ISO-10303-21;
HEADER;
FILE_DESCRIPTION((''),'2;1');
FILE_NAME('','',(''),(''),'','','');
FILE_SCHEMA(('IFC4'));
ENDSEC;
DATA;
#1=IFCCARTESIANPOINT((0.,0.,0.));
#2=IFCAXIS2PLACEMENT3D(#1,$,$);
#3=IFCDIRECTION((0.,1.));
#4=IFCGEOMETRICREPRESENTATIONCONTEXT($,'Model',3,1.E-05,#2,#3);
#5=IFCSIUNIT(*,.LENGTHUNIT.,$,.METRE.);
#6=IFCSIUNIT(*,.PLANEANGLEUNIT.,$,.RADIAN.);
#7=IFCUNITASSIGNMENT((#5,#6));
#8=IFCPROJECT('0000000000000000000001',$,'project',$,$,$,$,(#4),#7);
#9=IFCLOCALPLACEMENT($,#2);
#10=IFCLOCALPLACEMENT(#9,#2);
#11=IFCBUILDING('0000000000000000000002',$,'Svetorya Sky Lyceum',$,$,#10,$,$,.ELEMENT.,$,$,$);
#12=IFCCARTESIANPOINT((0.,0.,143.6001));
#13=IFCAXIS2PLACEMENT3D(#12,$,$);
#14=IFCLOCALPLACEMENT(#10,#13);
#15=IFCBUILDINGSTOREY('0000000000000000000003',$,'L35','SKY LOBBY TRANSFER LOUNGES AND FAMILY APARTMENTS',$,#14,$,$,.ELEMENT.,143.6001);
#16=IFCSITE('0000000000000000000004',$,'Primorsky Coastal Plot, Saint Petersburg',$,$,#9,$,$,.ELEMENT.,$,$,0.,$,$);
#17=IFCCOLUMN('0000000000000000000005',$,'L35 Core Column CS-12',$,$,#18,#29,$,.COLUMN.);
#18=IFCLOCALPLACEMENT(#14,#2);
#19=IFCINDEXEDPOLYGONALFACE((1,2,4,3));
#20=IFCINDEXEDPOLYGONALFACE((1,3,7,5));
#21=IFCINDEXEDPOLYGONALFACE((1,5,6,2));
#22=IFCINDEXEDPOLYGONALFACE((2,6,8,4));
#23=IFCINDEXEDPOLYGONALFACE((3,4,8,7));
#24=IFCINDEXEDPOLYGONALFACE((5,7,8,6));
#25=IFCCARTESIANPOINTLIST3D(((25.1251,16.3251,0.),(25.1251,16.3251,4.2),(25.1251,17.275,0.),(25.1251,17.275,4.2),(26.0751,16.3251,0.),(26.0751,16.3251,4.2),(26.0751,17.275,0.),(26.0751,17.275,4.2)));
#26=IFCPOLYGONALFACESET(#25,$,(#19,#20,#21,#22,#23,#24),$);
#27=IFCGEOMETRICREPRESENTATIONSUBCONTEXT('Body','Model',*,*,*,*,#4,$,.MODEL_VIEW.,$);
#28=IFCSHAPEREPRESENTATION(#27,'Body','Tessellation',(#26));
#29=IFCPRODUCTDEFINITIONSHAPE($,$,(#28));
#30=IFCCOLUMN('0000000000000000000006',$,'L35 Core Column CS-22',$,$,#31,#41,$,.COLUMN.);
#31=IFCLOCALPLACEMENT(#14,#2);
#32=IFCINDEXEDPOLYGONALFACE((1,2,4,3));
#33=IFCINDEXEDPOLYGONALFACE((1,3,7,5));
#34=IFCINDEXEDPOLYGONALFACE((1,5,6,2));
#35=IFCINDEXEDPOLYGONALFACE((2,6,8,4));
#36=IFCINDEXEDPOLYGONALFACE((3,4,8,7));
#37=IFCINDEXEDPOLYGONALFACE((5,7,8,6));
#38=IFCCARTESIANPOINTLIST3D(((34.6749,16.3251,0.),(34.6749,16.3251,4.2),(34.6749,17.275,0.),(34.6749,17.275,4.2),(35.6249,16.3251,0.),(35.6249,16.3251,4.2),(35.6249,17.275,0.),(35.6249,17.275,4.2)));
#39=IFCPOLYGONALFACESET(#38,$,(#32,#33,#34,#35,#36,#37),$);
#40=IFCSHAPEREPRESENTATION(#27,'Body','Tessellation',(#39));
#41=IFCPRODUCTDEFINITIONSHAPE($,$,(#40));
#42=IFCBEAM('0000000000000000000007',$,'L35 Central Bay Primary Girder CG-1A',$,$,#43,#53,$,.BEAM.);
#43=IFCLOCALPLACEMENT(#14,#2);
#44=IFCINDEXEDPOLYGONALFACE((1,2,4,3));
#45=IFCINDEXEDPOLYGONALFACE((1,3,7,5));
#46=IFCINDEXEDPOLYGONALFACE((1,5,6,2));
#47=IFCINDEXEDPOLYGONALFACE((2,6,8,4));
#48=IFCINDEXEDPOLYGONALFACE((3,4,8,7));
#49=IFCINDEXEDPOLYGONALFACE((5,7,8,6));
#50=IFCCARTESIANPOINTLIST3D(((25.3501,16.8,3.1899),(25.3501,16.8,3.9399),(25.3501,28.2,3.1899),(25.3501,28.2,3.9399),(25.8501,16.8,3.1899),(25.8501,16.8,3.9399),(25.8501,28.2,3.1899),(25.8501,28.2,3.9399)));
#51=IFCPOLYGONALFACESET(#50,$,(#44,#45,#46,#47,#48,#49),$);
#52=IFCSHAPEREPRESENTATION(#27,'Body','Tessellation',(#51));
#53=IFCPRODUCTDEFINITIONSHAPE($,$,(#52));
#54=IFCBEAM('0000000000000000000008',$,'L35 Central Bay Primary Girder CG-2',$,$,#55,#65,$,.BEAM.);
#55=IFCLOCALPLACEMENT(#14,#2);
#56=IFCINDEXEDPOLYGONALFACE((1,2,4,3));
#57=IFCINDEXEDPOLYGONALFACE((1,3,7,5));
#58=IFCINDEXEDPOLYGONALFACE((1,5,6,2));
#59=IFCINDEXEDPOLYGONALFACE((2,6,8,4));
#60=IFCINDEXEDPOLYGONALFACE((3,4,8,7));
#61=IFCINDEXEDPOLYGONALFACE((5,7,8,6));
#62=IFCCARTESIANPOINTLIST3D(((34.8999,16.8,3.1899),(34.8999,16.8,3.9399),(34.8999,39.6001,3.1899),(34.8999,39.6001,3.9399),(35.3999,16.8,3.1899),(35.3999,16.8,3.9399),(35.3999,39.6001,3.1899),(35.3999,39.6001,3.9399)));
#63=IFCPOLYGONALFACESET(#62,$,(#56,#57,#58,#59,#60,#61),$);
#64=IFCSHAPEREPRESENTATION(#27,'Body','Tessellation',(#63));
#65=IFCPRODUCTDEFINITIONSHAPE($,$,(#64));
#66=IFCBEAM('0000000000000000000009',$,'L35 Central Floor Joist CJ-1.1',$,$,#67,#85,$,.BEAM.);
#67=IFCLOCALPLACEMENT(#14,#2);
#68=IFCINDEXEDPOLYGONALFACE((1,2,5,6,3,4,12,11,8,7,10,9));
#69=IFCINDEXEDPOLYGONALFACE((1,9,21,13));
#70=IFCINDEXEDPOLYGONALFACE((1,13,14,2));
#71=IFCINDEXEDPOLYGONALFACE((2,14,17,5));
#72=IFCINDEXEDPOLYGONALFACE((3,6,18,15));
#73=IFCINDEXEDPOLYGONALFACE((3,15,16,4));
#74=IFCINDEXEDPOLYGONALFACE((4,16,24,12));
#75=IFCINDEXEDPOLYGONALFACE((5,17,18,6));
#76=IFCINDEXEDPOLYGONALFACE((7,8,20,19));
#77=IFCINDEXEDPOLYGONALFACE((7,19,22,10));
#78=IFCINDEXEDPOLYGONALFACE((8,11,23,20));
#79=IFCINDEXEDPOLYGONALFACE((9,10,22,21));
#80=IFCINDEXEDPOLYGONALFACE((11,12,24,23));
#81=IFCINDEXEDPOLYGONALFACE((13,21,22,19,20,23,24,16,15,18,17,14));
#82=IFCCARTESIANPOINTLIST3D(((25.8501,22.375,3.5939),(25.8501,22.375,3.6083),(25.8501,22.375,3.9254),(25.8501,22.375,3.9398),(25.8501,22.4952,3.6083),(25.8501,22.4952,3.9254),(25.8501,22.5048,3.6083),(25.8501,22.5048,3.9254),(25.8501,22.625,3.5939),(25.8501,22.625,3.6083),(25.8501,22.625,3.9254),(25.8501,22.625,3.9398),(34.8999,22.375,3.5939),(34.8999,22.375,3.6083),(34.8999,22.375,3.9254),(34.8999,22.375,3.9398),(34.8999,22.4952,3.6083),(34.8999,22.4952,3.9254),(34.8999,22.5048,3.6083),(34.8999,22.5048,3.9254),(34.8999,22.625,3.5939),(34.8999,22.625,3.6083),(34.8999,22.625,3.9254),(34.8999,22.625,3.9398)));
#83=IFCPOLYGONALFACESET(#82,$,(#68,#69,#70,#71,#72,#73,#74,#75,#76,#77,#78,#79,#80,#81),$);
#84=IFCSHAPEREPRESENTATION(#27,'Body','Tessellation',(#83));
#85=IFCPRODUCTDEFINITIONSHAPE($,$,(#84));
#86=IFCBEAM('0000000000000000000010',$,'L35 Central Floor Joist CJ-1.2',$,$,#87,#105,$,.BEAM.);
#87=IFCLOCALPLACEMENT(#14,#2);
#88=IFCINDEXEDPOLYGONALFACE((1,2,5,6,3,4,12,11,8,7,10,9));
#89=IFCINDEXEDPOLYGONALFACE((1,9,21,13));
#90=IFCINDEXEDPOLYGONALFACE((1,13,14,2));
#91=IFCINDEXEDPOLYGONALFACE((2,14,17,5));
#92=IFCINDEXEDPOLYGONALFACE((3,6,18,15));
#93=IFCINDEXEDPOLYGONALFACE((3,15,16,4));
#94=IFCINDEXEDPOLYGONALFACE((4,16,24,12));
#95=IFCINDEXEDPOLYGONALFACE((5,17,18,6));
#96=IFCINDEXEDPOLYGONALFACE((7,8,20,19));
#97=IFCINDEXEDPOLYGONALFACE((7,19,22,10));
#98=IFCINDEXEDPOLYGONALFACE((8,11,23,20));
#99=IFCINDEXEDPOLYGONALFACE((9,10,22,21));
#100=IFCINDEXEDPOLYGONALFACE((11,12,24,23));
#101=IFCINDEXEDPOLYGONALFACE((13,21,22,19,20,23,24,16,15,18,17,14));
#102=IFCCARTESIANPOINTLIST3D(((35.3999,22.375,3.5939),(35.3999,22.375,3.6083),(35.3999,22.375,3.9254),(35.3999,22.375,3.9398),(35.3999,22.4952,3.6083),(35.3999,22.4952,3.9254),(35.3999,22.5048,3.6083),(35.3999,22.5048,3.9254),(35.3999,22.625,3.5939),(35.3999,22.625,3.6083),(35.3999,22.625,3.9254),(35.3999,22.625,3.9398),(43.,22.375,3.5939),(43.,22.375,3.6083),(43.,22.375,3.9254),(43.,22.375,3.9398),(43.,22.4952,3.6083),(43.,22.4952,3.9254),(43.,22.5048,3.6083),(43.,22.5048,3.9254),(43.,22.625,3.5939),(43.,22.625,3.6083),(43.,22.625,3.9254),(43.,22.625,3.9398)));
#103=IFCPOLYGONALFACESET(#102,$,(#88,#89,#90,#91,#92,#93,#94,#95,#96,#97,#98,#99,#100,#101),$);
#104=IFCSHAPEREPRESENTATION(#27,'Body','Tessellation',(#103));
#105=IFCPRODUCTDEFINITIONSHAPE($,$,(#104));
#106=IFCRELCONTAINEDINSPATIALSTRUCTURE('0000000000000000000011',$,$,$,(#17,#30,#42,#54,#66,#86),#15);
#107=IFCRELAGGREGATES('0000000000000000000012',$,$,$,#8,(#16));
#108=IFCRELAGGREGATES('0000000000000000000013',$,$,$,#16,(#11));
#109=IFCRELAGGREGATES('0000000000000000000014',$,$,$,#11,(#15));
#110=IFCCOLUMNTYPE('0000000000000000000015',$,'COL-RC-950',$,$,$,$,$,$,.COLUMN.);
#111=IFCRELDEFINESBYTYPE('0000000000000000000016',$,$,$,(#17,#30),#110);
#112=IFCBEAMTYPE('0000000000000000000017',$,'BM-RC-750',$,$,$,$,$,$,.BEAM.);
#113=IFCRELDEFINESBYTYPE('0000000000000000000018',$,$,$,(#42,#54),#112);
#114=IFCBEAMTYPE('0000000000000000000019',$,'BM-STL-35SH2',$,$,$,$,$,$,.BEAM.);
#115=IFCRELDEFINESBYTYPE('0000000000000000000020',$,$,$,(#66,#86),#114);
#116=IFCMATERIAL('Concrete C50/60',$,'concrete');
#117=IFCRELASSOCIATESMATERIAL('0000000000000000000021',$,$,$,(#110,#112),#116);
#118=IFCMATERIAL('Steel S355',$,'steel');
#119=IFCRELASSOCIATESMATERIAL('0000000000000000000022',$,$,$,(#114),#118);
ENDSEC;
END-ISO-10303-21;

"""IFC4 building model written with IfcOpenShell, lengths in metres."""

from ifc_helpers import new_model, si_unit, direction, frame, origin, origin_2d, place, context, subcontext, project, spatial, rectangle, i_section, extrude, material, material_profile, profile_set, type_object, element, save


model = new_model("IFC4")

# Units and contexts
model_context = context("Model", 3, precision=1e-05, world=origin(), true_north=direction((0.0, 1.0)))
body_context = subcontext(model_context, "Body", "Model", "MODEL_VIEW")
ifc_project = project(units=[si_unit("LENGTHUNIT", "METRE"), si_unit("PLANEANGLEUNIT", "RADIAN")], contexts=[model_context])

# Site, building, storey
site_placement = place(None, origin())
site = spatial("IfcSite", under=ifc_project, at=site_placement, Name="Primorsky Coastal Plot, Saint Petersburg", CompositionType="ELEMENT", RefElevation=0.0)
building_placement = place(site_placement, origin())
building = spatial("IfcBuilding", under=site, at=building_placement, Name="Svetorya Sky Lyceum", CompositionType="ELEMENT")
storey_placement = place(building_placement, frame((0.0, 0.0, 143.6001)))
storey = spatial("IfcBuildingStorey", under=building, at=storey_placement, Name="L35", Description="SKY LOBBY TRANSFER LOUNGES AND FAMILY APARTMENTS", CompositionType="ELEMENT", Elevation=143.6001)

# Columns
ifc_material_1 = material(Name="Concrete C50/60", Category="concrete")
ifc_material_profile_1 = material_profile(ifc_material_1, rectangle(XDim=0.95, YDim=0.95, at=origin_2d()), Name="RC COL 950x950")
ifc_profile_set_1 = profile_set([ifc_material_profile_1], Name="Concrete C50/60")
column_type = type_object("IfcColumnType", Name="COL-RC-950", PredefinedType="COLUMN", material=ifc_profile_set_1)
for number, where, z_axis, x_axis, name in (
    (1, (25.6001, 16.8, 0.0), (0.0, 0.0, 1.0), (1.0, 0.0, 0.0), "L35 Core Column CS-12"),
    (2, (35.1499, 16.8, 0.0), (0.0, 0.0, 1.0), (1.0, 0.0, 0.0), "L35 Core Column CS-22"),
):
    element("IfcColumn", number, at=place(storey_placement, frame(where, z_axis=z_axis, x_axis=x_axis)), inside=storey, type_object=column_type, Name=name, PredefinedType="COLUMN", context=body_context, shape_type="SweptSolid", body=[
        extrude(rectangle(XDim=0.95, YDim=0.95, at=origin_2d()), origin(), (0.0, 0.0, 1.0), 4.2),
    ])

# Beams
ifc_material_profile_2 = material_profile(ifc_material_1, rectangle(XDim=0.5, YDim=0.75, at=origin_2d()), Name="RC BEAM 500x750")
ifc_profile_set_2 = profile_set([ifc_material_profile_2], Name="Concrete C50/60")
beam_type_1 = type_object("IfcBeamType", Name="BM-RC-750", PredefinedType="BEAM", material=ifc_profile_set_2)
beam_1_placement = place(storey_placement, frame((25.6001, 16.8, 3.5649), z_axis=(0.0, 1.0, 0.0), x_axis=(-1.0, 0.0, 0.0)))
element("IfcBeam", 3, at=beam_1_placement, inside=storey, type_object=beam_type_1, Name="L35 Central Bay Primary Girder CG-1A", PredefinedType="BEAM", context=body_context, shape_type="SweptSolid", body=[
    extrude(rectangle(XDim=0.5, YDim=0.75, at=origin_2d()), origin(), (0.0, 0.0, 1.0), 11.3999),
])
beam_2_placement = place(storey_placement, frame((35.1499, 16.8, 3.5649), z_axis=(0.0, 1.0, 0.0), x_axis=(-1.0, 0.0, 0.0)))
element("IfcBeam", 4, at=beam_2_placement, inside=storey, type_object=beam_type_1, Name="L35 Central Bay Primary Girder CG-2", PredefinedType="BEAM", context=body_context, shape_type="SweptSolid", body=[
    extrude(rectangle(XDim=0.5, YDim=0.75, at=origin_2d()), origin(), (0.0, 0.0, 1.0), 22.8),
])
ifc_material_2 = material(Name="Steel S355", Category="steel")
ifc_material_profile_3 = material_profile(ifc_material_2, i_section(OverallWidth=0.25, OverallDepth=0.3459, WebThickness=0.0095, FlangeThickness=0.0144, at=origin_2d()), Name="GOST 35Sh2")
ifc_profile_set_3 = profile_set([ifc_material_profile_3], Name="Steel S355")
beam_type_2 = type_object("IfcBeamType", Name="BM-STL-35SH2", PredefinedType="BEAM", material=ifc_profile_set_3)
beam_3_placement = place(storey_placement, frame((25.8501, 22.5, 3.7668), z_axis=(1.0, 0.0, 0.0), x_axis=(0.0, 1.0, 0.0)))
element("IfcBeam", 5, at=beam_3_placement, inside=storey, type_object=beam_type_2, Name="L35 Central Floor Joist CJ-1.1", PredefinedType="BEAM", context=body_context, shape_type="SweptSolid", body=[
    extrude(i_section(OverallWidth=0.25, OverallDepth=0.3459, WebThickness=0.0095, FlangeThickness=0.0144, at=origin_2d()), origin(), (0.0, 0.0, 1.0), 9.0498),
])
beam_4_placement = place(storey_placement, frame((35.3999, 22.5, 3.7668), z_axis=(1.0, 0.0, 0.0), x_axis=(0.0, 1.0, 0.0)))
element("IfcBeam", 6, at=beam_4_placement, inside=storey, type_object=beam_type_2, Name="L35 Central Floor Joist CJ-1.2", PredefinedType="BEAM", context=body_context, shape_type="SweptSolid", body=[
    extrude(i_section(OverallWidth=0.25, OverallDepth=0.3459, WebThickness=0.0095, FlangeThickness=0.0144, at=origin_2d()), origin(), (0.0, 0.0, 1.0), 7.6001),
])

save(model, "model.ifc")
